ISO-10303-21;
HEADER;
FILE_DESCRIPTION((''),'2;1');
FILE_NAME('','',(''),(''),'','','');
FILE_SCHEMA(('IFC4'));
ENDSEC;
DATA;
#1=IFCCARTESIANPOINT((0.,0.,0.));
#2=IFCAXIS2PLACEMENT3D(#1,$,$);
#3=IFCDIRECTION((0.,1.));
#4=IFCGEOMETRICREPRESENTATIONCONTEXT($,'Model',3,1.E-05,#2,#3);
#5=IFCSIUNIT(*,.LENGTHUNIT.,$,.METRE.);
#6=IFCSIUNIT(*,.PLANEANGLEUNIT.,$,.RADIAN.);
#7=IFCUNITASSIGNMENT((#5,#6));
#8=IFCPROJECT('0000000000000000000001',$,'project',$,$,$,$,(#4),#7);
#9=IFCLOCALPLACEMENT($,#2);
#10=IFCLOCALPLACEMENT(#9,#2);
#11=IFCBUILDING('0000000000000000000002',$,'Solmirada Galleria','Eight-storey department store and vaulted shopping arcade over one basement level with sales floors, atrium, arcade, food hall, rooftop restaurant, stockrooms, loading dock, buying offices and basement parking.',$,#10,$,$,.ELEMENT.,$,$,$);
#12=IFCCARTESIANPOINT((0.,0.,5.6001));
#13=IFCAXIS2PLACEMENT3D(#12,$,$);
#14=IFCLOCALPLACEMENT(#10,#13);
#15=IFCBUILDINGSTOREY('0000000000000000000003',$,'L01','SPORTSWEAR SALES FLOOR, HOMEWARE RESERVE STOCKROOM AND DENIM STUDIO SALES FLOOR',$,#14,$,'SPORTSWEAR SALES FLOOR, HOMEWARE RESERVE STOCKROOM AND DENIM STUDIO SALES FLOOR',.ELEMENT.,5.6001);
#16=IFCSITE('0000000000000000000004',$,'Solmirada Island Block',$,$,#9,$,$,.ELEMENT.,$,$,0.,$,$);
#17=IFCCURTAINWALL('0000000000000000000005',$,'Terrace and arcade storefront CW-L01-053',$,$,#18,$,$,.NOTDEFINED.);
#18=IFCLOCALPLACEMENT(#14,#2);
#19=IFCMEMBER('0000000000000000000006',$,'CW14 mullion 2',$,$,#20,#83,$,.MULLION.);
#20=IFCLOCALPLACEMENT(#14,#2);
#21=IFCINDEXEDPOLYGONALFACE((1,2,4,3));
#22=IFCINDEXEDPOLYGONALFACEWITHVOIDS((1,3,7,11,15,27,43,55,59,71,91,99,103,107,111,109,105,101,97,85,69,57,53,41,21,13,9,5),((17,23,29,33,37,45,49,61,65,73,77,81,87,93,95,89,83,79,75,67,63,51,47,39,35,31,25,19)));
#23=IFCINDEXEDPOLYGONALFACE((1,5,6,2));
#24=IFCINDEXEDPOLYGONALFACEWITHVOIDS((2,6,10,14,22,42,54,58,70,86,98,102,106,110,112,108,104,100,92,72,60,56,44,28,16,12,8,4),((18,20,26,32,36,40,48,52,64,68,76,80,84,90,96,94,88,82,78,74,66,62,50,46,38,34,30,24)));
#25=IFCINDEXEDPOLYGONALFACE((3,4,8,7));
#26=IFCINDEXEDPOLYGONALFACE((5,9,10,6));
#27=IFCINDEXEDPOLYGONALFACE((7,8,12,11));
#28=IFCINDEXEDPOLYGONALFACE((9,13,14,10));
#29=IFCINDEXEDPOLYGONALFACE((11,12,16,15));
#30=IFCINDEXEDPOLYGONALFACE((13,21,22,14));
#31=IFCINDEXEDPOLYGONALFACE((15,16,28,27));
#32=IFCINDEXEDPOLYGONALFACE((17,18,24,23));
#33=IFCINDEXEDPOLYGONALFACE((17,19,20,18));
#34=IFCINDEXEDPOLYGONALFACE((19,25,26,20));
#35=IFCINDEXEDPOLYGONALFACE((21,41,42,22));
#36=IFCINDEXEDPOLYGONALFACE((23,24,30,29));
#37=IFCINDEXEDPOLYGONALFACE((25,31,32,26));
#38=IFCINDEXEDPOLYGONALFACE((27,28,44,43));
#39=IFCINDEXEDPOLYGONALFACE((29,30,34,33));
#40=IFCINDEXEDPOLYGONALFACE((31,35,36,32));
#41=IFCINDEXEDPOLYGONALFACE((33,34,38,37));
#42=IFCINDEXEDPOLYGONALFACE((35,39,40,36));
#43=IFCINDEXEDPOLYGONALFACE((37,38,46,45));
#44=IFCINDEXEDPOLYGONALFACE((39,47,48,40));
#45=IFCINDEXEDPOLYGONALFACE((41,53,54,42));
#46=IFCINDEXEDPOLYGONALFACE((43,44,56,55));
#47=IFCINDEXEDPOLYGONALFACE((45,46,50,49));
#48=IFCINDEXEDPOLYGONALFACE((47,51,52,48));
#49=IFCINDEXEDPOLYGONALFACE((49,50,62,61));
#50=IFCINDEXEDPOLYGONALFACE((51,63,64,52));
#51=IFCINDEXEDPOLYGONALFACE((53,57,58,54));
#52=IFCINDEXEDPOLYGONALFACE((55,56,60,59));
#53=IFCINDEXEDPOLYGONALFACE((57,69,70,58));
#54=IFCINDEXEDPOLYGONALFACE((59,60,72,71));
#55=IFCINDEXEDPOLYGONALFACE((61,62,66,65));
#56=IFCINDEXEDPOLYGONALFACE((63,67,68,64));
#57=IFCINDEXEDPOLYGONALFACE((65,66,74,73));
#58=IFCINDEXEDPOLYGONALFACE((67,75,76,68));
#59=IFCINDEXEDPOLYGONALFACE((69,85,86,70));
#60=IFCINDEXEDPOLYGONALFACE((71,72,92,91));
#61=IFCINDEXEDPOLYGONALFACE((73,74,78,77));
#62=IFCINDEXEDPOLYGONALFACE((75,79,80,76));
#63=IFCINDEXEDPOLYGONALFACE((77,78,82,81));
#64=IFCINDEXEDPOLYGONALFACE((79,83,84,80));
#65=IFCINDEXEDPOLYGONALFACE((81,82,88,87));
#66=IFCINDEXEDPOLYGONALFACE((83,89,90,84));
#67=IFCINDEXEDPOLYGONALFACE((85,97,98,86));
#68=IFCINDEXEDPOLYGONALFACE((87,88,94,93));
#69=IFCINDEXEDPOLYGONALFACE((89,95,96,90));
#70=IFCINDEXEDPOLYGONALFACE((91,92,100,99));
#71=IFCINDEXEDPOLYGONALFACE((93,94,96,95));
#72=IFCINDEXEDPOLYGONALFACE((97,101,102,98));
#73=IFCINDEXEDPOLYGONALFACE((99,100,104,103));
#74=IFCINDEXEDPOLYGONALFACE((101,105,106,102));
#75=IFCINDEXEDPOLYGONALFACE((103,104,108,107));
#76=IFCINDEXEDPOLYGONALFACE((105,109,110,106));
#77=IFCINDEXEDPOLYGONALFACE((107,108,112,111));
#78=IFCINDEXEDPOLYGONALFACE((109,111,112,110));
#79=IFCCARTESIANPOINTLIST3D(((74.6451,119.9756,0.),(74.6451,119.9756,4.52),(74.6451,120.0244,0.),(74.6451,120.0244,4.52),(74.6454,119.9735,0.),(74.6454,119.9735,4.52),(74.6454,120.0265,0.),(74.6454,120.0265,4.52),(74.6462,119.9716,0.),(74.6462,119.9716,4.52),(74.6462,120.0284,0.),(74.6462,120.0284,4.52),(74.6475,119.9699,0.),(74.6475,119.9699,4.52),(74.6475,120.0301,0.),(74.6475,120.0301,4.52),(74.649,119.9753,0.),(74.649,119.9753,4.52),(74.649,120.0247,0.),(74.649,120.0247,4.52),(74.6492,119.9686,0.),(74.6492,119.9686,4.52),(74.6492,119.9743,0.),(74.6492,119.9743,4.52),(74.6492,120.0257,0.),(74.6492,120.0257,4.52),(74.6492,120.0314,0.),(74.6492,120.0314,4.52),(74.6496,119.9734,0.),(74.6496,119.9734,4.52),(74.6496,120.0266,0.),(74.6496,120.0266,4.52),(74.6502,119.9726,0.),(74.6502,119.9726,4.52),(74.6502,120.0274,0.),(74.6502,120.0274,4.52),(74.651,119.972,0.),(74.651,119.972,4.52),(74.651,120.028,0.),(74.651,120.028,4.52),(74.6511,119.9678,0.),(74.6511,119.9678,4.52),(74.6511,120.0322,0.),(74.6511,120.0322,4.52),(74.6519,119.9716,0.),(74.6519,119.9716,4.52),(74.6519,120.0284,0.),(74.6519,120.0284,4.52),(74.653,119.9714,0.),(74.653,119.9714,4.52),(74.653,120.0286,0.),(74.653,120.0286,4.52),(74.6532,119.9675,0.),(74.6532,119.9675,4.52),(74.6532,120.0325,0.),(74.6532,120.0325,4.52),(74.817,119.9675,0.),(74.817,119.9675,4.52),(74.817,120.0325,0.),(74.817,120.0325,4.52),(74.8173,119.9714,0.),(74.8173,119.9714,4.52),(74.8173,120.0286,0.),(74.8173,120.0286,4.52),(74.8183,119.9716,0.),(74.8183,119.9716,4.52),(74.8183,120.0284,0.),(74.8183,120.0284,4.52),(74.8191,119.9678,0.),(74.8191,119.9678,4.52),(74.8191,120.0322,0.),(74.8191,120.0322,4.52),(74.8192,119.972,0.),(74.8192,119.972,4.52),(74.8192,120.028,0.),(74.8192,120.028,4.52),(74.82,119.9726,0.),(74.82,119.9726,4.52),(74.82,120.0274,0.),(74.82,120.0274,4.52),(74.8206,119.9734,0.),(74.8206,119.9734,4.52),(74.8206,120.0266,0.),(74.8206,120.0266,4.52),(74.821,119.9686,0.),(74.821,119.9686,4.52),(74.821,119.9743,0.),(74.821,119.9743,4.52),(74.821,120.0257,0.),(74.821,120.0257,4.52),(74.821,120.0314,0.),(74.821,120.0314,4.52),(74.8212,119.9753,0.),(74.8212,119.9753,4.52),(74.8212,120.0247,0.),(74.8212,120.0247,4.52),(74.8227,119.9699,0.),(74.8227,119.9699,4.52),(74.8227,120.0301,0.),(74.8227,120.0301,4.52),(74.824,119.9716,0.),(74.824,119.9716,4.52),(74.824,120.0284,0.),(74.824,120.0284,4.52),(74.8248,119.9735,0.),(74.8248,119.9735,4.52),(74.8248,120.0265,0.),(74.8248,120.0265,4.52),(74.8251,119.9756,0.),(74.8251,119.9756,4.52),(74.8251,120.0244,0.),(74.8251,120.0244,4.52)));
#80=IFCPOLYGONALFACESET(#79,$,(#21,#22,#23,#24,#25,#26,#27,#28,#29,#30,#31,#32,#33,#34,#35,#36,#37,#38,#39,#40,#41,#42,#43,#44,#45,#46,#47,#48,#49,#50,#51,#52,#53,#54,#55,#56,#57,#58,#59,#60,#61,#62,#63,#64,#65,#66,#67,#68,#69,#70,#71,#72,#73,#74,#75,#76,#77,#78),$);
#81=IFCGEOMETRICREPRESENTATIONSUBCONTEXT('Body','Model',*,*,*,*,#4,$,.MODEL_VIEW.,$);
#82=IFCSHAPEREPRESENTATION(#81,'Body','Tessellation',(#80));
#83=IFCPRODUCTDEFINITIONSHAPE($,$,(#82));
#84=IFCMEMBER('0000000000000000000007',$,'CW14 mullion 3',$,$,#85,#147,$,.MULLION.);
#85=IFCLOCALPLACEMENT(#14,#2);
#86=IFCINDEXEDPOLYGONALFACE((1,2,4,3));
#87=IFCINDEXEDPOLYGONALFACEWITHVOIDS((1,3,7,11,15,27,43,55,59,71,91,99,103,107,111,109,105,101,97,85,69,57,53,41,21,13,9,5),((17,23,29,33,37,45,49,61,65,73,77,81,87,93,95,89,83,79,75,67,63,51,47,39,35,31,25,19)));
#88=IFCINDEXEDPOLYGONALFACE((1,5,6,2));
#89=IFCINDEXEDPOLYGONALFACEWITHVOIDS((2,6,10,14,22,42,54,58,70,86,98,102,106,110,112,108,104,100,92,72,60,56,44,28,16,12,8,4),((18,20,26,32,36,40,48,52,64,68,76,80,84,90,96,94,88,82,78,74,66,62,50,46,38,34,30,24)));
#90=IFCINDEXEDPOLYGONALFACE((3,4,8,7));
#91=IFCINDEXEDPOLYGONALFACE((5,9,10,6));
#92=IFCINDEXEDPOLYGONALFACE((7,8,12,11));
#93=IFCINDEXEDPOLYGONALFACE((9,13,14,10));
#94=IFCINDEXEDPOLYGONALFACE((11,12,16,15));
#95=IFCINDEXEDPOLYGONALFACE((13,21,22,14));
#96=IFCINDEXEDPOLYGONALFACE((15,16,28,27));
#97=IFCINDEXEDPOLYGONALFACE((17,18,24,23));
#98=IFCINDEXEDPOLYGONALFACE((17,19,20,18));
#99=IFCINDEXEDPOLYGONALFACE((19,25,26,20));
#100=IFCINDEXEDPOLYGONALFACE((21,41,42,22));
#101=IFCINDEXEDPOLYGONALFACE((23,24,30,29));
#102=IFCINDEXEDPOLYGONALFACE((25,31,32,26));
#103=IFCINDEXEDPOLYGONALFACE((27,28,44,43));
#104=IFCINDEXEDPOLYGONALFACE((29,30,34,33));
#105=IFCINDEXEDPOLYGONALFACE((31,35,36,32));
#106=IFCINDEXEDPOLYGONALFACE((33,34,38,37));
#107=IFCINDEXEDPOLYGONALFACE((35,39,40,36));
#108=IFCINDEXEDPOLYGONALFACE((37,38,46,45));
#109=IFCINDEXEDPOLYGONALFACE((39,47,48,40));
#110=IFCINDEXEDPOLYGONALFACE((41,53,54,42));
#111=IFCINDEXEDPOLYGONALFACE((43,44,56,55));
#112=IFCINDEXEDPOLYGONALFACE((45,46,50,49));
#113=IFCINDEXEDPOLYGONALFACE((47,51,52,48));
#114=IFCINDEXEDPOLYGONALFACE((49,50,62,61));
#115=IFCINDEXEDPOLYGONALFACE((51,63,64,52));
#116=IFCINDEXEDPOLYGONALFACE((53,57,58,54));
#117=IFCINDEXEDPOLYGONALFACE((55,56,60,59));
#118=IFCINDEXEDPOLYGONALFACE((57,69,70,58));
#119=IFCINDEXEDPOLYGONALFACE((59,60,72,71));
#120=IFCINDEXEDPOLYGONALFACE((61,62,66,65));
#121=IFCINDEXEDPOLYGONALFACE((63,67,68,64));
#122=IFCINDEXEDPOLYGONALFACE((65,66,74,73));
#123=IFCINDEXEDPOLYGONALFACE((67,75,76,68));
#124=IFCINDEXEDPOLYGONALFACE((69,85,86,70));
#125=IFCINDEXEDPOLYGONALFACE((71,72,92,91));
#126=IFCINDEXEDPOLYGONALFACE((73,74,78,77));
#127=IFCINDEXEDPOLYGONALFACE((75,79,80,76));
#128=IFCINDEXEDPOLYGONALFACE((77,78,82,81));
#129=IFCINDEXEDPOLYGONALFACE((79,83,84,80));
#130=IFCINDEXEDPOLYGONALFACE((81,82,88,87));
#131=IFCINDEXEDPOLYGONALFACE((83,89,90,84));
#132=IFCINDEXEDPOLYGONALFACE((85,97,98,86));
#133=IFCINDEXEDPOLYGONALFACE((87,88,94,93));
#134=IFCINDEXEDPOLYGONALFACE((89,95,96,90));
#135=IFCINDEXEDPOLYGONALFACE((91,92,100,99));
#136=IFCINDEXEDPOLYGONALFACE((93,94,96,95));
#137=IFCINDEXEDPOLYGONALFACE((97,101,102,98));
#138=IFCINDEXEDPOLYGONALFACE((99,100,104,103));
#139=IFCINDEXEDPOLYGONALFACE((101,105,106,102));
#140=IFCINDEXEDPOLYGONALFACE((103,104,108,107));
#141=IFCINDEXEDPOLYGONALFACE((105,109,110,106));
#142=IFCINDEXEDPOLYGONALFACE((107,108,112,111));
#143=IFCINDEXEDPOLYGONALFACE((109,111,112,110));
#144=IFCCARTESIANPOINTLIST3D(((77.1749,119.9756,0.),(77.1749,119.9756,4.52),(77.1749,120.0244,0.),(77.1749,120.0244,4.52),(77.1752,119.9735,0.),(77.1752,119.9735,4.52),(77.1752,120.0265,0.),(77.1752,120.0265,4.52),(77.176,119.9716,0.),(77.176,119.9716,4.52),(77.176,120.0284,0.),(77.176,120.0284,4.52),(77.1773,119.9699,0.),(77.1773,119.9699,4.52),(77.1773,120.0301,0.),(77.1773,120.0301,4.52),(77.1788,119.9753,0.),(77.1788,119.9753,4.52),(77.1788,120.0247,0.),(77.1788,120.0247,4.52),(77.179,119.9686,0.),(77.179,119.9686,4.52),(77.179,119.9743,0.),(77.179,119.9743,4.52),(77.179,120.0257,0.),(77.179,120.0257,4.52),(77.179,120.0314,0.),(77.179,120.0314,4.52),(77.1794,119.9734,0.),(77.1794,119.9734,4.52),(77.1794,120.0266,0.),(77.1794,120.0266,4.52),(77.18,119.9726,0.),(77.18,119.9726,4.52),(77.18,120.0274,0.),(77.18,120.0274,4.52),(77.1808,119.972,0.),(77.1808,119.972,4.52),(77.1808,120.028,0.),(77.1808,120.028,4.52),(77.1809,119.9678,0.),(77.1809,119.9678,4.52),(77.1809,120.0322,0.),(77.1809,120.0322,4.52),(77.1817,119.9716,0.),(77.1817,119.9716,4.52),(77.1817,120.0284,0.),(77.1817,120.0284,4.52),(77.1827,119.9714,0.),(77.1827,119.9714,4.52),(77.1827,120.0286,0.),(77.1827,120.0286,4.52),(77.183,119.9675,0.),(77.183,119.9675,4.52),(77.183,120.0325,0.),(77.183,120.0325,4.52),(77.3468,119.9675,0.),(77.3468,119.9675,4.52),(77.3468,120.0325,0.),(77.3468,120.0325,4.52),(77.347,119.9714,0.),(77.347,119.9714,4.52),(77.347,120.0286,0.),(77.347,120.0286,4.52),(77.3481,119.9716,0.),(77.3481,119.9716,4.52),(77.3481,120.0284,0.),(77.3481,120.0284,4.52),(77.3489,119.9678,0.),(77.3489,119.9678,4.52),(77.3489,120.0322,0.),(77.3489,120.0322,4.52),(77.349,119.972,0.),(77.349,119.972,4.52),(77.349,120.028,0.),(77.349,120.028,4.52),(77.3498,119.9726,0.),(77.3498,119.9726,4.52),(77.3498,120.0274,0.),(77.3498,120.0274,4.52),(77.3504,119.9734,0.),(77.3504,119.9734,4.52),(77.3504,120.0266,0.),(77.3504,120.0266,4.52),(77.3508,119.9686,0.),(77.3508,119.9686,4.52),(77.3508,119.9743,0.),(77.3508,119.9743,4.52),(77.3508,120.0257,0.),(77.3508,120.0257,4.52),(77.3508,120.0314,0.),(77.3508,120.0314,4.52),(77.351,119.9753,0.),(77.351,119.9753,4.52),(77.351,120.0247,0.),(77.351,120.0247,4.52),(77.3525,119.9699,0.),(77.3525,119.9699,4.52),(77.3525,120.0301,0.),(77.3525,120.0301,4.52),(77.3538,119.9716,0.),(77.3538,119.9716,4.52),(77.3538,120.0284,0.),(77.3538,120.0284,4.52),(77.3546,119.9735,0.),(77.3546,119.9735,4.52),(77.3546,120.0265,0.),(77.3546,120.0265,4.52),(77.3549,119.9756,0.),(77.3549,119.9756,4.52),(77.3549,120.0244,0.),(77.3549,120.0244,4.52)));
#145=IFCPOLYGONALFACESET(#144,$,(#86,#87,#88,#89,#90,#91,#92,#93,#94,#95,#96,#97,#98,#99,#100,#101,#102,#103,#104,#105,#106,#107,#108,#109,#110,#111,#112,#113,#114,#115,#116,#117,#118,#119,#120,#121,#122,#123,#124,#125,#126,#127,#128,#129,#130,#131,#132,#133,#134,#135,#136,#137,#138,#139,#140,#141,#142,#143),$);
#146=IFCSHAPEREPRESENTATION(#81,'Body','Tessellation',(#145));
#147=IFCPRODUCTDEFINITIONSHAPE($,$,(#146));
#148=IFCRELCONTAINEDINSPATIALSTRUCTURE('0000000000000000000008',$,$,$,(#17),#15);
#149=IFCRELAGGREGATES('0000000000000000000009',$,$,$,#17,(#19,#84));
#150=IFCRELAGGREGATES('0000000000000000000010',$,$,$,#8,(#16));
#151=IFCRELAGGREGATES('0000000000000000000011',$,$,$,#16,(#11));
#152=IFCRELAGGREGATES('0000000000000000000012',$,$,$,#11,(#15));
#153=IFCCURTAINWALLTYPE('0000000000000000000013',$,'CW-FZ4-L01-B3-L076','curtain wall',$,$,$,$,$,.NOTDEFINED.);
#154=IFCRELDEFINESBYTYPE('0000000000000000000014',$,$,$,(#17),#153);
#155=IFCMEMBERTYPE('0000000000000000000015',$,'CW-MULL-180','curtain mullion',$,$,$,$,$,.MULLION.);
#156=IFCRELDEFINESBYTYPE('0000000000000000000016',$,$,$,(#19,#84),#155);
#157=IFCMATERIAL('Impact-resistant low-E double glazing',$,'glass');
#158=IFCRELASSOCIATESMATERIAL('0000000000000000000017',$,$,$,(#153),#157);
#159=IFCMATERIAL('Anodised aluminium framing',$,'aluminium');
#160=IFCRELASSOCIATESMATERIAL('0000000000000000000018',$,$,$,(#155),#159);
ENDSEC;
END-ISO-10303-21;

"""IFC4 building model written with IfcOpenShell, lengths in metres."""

from ifc_helpers import new_model, si_unit, direction, frame, origin, origin_2d, place, context, subcontext, project, spatial, hollow_rectangle, extrude, material, material_profile, profile_set, type_object, element, aggregate, save


model = new_model("IFC4")

# Units and contexts
model_context = context("Model", 3, precision=1e-05, world=origin(), true_north=direction((0.0, 1.0)))
body_context = subcontext(model_context, "Body", "Model", "MODEL_VIEW")
ifc_project = project(units=[si_unit("LENGTHUNIT", "METRE"), si_unit("PLANEANGLEUNIT", "RADIAN")], contexts=[model_context])

# Site, building, storey
site_placement = place(None, origin())
site = spatial("IfcSite", under=ifc_project, at=site_placement, Name="Solmirada Island Block", CompositionType="ELEMENT", RefElevation=0.0)
building_placement = place(site_placement, origin())
building = spatial("IfcBuilding", under=site, at=building_placement, Name="Solmirada Galleria", Description="Eight-storey department store and vaulted shopping arcade over one basement level with sales floors, atrium, arcade, food hall, rooftop restaurant, stockrooms, loading dock, buying offices and basement parking.", CompositionType="ELEMENT")
storey_placement = place(building_placement, frame((0.0, 0.0, 5.6001)))
storey = spatial("IfcBuildingStorey", under=building, at=storey_placement, Name="L01", Description="SPORTSWEAR SALES FLOOR, HOMEWARE RESERVE STOCKROOM AND DENIM STUDIO SALES FLOOR", LongName="SPORTSWEAR SALES FLOOR, HOMEWARE RESERVE STOCKROOM AND DENIM STUDIO SALES FLOOR", CompositionType="ELEMENT", Elevation=5.6001)

# Curtain wall, members
ifc_material_1 = material(Name="Impact-resistant low-E double glazing", Category="glass")
curtain_wall_type = type_object("IfcCurtainWallType", Name="CW-FZ4-L01-B3-L076", Description="curtain wall", PredefinedType="NOTDEFINED", material=ifc_material_1)
curtain_wall_placement = place(storey_placement, origin())
curtain_wall = element("IfcCurtainWall", 1, at=curtain_wall_placement, inside=storey, type_object=curtain_wall_type, Name="Terrace and arcade storefront CW-L01-053", PredefinedType="NOTDEFINED")
ifc_material_2 = material(Name="Anodised aluminium framing", Category="aluminium")
ifc_material_profile_1 = material_profile(ifc_material_2, hollow_rectangle(XDim=0.0649, YDim=0.1799, WallThickness=0.0039, InnerFilletRadius=0.0039, OuterFilletRadius=0.0081, at=origin_2d()), Name="ALU-MULL-180X65")
ifc_profile_set_1 = profile_set([ifc_material_profile_1], Name="Anodised aluminium framing")
member_type_1 = type_object("IfcMemberType", Name="CW-MULL-180", Description="curtain mullion", PredefinedType="MULLION", material=ifc_profile_set_1)
member_1_placement = place(storey_placement, frame((74.7351, 120.0, 0.0), z_axis=(0.0, 0.0, 1.0), x_axis=(0.0, 1.0, 0.0)))
member_1 = element("IfcMember", 2, at=member_1_placement, type_object=member_type_1, Name="CW14 mullion 2", PredefinedType="MULLION", context=body_context, shape_type="SweptSolid", body=[
    extrude(hollow_rectangle(XDim=0.0649, YDim=0.1799, WallThickness=0.0039, InnerFilletRadius=0.0039, OuterFilletRadius=0.0081, at=origin_2d()), origin(), (0.0, 0.0, 1.0), 4.52),
])
member_2_placement = place(storey_placement, frame((77.2649, 120.0, 0.0), z_axis=(0.0, 0.0, 1.0), x_axis=(0.0, 1.0, 0.0)))
member_2 = element("IfcMember", 3, at=member_2_placement, type_object=member_type_1, Name="CW14 mullion 3", PredefinedType="MULLION", context=body_context, shape_type="SweptSolid", body=[
    extrude(hollow_rectangle(XDim=0.0649, YDim=0.1799, WallThickness=0.0039, InnerFilletRadius=0.0039, OuterFilletRadius=0.0081, at=origin_2d()), origin(), (0.0, 0.0, 1.0), 4.52),
])

aggregate(curtain_wall, [member_1, member_2])

save(model, "model.ifc")
